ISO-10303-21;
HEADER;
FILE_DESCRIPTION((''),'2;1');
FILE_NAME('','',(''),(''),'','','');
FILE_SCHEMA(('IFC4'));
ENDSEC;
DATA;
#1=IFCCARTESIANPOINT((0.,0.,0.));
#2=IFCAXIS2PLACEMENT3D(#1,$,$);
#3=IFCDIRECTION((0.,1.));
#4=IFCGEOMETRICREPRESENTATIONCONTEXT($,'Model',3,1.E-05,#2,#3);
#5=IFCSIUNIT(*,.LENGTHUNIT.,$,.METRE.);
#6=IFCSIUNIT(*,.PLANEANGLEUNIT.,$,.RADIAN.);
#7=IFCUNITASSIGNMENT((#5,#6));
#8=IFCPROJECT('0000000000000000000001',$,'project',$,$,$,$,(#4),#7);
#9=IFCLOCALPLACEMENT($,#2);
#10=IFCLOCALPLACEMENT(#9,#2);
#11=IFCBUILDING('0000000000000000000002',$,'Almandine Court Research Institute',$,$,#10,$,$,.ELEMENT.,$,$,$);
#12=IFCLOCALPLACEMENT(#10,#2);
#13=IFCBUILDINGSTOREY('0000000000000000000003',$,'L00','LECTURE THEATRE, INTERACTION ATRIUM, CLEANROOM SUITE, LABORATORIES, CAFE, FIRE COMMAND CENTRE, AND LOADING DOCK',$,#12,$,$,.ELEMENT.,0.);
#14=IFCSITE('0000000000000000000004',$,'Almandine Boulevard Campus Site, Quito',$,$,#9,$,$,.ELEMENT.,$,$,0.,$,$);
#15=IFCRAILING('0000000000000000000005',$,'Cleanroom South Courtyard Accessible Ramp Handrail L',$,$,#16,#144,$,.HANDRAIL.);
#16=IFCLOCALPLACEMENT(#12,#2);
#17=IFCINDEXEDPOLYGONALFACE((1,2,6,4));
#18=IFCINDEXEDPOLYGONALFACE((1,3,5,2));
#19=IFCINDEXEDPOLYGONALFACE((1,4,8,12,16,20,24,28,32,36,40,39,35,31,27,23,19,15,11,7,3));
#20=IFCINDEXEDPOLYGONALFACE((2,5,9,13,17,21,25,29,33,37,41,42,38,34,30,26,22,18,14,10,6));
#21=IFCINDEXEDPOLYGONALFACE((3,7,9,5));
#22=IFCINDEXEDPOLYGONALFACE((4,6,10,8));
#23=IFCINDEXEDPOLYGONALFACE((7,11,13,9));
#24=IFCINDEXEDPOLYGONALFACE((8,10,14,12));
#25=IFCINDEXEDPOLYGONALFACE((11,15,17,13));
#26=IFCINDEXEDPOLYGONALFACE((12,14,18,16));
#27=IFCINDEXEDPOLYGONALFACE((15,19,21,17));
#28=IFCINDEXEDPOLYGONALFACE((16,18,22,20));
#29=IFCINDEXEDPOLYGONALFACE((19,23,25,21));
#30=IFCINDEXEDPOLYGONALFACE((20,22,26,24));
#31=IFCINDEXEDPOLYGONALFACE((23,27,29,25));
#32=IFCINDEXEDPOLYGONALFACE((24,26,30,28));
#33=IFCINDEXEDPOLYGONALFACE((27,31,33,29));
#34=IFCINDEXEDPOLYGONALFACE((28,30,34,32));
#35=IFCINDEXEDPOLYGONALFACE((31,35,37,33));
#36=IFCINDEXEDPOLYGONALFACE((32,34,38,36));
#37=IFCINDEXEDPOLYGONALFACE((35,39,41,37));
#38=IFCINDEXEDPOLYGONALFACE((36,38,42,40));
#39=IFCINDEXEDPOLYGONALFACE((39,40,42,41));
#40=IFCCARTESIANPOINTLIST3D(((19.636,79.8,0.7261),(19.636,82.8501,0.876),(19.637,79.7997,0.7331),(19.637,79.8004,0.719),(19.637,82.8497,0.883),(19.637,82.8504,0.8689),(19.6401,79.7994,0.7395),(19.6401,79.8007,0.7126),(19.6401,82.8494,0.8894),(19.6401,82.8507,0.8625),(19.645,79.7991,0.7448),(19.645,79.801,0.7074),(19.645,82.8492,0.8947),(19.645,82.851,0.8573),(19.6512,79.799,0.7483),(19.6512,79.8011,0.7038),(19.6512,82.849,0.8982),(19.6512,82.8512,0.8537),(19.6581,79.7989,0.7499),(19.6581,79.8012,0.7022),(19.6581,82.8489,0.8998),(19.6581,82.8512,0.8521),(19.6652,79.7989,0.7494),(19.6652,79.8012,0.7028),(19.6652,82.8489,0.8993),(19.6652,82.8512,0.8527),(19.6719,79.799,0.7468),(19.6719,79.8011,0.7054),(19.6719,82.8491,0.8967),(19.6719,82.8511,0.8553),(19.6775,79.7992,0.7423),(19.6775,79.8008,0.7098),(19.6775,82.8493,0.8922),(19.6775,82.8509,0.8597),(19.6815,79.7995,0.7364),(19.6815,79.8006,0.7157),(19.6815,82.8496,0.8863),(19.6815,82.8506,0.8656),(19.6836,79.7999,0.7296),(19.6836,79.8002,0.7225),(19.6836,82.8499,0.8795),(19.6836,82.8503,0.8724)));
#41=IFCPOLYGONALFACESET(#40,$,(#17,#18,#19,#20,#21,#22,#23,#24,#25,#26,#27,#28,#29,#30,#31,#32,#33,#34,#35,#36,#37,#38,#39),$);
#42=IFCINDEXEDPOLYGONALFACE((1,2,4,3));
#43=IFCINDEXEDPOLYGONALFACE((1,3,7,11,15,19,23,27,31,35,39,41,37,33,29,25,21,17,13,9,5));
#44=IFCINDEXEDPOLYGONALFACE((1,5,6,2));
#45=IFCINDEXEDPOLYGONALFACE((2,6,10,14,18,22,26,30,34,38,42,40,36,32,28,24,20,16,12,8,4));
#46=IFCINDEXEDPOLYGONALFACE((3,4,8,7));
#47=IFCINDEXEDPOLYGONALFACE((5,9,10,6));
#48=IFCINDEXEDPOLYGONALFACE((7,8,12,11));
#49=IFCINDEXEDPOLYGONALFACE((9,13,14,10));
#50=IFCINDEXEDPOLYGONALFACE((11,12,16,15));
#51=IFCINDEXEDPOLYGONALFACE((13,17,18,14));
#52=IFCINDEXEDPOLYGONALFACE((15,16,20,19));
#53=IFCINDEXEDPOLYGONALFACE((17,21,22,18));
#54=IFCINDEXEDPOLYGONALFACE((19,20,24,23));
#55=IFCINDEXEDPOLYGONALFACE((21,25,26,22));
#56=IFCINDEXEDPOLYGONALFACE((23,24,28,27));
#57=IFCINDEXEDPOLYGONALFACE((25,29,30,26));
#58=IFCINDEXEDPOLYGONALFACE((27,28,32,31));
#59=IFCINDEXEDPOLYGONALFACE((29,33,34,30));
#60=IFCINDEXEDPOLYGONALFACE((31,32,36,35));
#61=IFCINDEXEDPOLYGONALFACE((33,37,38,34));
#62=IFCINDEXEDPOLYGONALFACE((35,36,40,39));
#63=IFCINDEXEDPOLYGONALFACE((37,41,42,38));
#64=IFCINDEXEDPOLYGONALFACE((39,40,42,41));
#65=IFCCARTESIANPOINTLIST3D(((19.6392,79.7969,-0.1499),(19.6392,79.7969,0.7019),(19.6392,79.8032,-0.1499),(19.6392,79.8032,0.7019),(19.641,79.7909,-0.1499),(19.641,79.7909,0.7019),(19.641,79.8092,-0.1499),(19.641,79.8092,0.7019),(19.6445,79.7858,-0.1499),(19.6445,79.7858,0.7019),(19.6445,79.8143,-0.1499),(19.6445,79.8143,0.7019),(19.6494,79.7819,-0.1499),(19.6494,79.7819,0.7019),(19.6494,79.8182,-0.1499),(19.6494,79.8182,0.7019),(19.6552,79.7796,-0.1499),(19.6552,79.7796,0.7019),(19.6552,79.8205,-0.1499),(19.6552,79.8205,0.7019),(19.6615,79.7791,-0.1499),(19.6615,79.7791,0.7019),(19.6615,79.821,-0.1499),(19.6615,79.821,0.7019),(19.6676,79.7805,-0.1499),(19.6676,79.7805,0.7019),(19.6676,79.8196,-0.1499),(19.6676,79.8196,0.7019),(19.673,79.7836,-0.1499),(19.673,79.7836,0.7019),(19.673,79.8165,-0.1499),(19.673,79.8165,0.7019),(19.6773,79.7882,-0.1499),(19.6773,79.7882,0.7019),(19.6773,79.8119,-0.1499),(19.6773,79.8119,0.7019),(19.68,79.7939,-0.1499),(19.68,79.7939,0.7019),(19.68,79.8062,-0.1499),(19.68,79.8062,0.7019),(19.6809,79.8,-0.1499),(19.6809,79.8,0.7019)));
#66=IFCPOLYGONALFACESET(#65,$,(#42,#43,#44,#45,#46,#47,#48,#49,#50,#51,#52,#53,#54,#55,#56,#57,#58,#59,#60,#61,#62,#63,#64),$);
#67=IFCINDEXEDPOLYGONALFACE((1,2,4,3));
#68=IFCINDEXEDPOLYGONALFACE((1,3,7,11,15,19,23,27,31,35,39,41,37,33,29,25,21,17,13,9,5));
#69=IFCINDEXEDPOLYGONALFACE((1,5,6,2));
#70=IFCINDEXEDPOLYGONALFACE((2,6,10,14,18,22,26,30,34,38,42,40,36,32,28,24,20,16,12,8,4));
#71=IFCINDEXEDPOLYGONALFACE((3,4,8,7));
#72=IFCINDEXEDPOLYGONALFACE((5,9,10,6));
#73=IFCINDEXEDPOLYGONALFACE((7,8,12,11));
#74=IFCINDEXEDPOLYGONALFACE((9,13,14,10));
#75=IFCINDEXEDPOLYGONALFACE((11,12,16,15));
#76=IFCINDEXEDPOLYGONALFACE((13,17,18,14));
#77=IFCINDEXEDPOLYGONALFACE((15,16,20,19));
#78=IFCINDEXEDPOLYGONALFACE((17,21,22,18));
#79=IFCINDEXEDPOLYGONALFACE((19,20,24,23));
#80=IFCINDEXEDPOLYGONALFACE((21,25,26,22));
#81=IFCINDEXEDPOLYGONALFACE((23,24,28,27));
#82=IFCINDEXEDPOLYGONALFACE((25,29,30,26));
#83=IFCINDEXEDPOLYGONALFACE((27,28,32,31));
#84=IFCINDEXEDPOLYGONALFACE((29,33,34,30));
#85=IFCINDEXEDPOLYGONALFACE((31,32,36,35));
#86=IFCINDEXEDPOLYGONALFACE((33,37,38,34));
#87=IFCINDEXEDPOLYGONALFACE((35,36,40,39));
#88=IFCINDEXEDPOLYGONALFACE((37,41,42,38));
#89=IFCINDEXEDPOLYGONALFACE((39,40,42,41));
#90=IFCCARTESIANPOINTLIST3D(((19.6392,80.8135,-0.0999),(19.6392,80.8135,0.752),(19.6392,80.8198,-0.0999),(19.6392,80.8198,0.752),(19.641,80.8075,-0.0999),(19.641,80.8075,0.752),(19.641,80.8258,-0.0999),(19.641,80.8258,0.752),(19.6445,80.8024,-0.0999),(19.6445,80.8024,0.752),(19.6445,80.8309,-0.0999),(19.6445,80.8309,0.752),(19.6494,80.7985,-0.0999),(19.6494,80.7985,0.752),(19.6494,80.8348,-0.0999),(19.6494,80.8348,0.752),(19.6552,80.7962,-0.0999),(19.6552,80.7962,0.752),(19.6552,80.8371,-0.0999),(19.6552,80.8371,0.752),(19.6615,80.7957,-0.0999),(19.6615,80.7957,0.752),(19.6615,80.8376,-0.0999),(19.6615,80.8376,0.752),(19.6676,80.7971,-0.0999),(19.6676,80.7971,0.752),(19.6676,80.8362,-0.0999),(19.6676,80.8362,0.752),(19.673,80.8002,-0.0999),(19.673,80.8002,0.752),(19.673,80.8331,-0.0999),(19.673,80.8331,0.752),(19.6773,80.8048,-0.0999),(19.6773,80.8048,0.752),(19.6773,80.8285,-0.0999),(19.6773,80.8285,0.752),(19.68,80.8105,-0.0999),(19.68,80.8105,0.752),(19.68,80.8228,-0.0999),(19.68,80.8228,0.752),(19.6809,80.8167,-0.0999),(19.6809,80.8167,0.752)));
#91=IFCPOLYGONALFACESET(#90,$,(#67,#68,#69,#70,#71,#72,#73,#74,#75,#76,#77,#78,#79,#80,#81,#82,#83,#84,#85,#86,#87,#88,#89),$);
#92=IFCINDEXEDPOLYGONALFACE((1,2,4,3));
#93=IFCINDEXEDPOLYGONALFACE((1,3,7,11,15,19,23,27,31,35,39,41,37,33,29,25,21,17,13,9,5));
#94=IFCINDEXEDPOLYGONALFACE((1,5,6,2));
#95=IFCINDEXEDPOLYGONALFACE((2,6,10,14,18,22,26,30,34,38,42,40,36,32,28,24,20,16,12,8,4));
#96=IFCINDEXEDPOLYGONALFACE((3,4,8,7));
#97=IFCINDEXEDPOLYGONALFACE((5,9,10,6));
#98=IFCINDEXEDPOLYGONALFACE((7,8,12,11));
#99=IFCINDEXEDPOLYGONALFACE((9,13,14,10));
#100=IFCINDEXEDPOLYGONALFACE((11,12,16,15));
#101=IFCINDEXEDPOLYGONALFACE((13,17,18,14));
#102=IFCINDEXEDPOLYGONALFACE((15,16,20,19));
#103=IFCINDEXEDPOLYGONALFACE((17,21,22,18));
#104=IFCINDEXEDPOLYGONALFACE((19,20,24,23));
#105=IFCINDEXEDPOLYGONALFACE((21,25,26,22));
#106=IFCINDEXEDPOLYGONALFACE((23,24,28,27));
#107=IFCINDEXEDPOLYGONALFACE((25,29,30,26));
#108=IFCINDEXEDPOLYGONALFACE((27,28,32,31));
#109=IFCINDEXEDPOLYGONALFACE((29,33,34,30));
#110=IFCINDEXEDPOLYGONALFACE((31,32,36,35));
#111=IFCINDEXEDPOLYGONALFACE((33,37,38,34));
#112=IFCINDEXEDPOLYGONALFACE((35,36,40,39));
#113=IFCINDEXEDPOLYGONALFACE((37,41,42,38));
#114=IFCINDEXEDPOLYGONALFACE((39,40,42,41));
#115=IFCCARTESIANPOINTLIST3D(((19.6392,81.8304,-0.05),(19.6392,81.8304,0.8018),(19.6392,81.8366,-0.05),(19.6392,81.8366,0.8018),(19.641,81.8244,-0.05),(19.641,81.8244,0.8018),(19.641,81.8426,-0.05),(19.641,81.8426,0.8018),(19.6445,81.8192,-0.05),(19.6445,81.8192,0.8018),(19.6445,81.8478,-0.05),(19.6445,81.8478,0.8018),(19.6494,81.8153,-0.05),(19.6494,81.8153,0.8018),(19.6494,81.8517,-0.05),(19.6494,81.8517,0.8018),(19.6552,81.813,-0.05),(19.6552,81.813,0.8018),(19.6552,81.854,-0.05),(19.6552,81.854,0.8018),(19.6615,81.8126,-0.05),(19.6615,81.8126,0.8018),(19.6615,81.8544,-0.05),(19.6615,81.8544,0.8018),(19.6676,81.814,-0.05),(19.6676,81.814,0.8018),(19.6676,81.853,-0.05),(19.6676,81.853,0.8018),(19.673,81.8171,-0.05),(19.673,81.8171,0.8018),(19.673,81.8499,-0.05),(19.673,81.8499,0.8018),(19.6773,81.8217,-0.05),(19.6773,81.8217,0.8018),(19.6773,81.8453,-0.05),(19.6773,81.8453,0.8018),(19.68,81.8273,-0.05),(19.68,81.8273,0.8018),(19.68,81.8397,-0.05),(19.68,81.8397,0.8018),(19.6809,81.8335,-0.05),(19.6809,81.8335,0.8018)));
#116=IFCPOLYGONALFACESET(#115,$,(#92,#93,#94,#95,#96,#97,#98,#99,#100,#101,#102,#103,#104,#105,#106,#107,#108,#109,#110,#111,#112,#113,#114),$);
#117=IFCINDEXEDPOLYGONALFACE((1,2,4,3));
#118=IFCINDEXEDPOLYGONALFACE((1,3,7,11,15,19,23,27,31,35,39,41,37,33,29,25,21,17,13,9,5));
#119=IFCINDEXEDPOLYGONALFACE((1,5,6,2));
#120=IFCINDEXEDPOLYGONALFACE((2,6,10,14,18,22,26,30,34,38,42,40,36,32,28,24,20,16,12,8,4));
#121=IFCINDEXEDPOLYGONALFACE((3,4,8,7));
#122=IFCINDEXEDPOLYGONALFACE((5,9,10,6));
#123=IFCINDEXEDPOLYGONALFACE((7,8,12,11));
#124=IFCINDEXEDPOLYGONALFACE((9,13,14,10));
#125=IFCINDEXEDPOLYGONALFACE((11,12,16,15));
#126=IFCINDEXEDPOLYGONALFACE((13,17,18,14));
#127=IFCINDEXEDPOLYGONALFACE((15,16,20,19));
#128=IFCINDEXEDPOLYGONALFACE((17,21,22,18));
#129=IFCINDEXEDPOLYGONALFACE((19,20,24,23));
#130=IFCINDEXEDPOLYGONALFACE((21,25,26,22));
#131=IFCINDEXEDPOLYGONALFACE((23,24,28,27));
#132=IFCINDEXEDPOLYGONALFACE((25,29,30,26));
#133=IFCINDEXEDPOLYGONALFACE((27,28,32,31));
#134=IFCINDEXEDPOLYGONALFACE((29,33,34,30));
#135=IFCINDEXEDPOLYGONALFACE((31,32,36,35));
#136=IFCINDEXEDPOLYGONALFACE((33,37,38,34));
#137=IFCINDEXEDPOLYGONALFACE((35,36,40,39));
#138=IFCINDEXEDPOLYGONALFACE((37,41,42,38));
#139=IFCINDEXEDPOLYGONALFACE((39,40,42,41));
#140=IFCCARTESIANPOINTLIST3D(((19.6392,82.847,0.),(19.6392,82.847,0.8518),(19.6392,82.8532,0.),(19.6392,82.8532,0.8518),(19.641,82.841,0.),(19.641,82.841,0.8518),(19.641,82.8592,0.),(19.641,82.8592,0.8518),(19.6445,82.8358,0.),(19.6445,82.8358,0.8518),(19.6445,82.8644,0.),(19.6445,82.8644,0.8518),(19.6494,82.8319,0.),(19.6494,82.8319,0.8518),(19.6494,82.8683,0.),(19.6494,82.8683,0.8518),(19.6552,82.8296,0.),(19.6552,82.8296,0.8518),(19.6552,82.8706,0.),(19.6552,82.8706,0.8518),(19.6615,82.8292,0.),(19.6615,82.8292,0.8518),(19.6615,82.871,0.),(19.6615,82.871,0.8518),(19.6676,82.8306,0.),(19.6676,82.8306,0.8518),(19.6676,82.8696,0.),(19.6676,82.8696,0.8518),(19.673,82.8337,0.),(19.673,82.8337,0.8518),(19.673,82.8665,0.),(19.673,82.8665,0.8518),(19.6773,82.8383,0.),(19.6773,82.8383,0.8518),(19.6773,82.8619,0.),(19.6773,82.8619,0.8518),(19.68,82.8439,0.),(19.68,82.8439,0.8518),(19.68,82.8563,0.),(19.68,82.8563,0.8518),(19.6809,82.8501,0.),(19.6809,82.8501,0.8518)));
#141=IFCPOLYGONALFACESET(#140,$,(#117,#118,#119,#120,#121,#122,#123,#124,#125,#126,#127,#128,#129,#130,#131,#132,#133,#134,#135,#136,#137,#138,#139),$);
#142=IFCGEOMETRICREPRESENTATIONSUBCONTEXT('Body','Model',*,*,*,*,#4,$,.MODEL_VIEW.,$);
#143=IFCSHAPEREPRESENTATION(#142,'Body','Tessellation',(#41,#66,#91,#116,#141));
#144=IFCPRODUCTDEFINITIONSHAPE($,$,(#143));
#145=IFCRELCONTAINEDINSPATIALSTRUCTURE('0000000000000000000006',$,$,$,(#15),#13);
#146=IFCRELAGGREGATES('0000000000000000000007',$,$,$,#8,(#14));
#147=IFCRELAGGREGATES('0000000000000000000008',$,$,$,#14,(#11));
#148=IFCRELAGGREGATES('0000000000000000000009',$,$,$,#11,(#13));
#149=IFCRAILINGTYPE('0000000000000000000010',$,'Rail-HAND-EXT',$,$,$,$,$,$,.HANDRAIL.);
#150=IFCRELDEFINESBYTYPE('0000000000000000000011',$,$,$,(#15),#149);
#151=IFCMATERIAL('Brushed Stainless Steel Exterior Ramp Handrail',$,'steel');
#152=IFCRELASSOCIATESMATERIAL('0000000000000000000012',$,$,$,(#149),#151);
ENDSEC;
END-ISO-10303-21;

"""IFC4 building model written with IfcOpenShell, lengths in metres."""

from ifc_helpers import new_model, si_unit, direction, frame, origin, origin_2d, place, context, subcontext, project, spatial, circle, extrude, material, type_object, element, save


model = new_model("IFC4")

# Units and contexts
model_context = context("Model", 3, precision=1e-05, world=origin(), true_north=direction((0.0, 1.0)))
body_context = subcontext(model_context, "Body", "Model", "MODEL_VIEW")
ifc_project = project(units=[si_unit("LENGTHUNIT", "METRE"), si_unit("PLANEANGLEUNIT", "RADIAN")], contexts=[model_context])

# Site, building, storey
site_placement = place(None, origin())
site = spatial("IfcSite", under=ifc_project, at=site_placement, Name="Almandine Boulevard Campus Site, Quito", CompositionType="ELEMENT", RefElevation=0.0)
building_placement = place(site_placement, origin())
building = spatial("IfcBuilding", under=site, at=building_placement, Name="Almandine Court Research Institute", CompositionType="ELEMENT")
storey_placement = place(building_placement, origin())
storey = spatial("IfcBuildingStorey", under=building, at=storey_placement, Name="L00", Description="LECTURE THEATRE, INTERACTION ATRIUM, CLEANROOM SUITE, LABORATORIES, CAFE, FIRE COMMAND CENTRE, AND LOADING DOCK", CompositionType="ELEMENT", Elevation=0.0)

# Railing
ifc_material_1 = material(Name="Brushed Stainless Steel Exterior Ramp Handrail", Category="steel")
railing_type = type_object("IfcRailingType", Name="Rail-HAND-EXT", PredefinedType="HANDRAIL", material=ifc_material_1)
for number, where, name in (
    (1, (19.6599, 79.8, -0.1499), "Cleanroom South Courtyard Accessible Ramp Handrail L"),
):
    element("IfcRailing", number, at=place(storey_placement, frame(where)), inside=storey, type_object=railing_type, Name=name, PredefinedType="HANDRAIL", context=body_context, shape_type="SweptSolid", body=[
        extrude(circle(Radius=0.0239, at=origin_2d()), frame((0.0, 0.0, 0.876), z_axis=(0.0, 0.998794, 0.049088), x_axis=(-1.0, 0.0, 0.0)), (0.0, 0.0, 1.0), 3.0537),
        extrude(circle(Radius=0.021, at=origin_2d()), origin(), (0.0, 0.0, 1.0), 0.8518),
        extrude(circle(Radius=0.021, at=origin_2d()), frame((0.0, 1.0166, 0.05)), (0.0, 0.0, 1.0), 0.8518),
        extrude(circle(Radius=0.021, at=origin_2d()), frame((0.0, 2.0334, 0.0999)), (0.0, 0.0, 1.0), 0.8518),
        extrude(circle(Radius=0.021, at=origin_2d()), frame((0.0, 3.05, 0.1499)), (0.0, 0.0, 1.0), 0.8518),
    ])

save(model, "model.ifc")
